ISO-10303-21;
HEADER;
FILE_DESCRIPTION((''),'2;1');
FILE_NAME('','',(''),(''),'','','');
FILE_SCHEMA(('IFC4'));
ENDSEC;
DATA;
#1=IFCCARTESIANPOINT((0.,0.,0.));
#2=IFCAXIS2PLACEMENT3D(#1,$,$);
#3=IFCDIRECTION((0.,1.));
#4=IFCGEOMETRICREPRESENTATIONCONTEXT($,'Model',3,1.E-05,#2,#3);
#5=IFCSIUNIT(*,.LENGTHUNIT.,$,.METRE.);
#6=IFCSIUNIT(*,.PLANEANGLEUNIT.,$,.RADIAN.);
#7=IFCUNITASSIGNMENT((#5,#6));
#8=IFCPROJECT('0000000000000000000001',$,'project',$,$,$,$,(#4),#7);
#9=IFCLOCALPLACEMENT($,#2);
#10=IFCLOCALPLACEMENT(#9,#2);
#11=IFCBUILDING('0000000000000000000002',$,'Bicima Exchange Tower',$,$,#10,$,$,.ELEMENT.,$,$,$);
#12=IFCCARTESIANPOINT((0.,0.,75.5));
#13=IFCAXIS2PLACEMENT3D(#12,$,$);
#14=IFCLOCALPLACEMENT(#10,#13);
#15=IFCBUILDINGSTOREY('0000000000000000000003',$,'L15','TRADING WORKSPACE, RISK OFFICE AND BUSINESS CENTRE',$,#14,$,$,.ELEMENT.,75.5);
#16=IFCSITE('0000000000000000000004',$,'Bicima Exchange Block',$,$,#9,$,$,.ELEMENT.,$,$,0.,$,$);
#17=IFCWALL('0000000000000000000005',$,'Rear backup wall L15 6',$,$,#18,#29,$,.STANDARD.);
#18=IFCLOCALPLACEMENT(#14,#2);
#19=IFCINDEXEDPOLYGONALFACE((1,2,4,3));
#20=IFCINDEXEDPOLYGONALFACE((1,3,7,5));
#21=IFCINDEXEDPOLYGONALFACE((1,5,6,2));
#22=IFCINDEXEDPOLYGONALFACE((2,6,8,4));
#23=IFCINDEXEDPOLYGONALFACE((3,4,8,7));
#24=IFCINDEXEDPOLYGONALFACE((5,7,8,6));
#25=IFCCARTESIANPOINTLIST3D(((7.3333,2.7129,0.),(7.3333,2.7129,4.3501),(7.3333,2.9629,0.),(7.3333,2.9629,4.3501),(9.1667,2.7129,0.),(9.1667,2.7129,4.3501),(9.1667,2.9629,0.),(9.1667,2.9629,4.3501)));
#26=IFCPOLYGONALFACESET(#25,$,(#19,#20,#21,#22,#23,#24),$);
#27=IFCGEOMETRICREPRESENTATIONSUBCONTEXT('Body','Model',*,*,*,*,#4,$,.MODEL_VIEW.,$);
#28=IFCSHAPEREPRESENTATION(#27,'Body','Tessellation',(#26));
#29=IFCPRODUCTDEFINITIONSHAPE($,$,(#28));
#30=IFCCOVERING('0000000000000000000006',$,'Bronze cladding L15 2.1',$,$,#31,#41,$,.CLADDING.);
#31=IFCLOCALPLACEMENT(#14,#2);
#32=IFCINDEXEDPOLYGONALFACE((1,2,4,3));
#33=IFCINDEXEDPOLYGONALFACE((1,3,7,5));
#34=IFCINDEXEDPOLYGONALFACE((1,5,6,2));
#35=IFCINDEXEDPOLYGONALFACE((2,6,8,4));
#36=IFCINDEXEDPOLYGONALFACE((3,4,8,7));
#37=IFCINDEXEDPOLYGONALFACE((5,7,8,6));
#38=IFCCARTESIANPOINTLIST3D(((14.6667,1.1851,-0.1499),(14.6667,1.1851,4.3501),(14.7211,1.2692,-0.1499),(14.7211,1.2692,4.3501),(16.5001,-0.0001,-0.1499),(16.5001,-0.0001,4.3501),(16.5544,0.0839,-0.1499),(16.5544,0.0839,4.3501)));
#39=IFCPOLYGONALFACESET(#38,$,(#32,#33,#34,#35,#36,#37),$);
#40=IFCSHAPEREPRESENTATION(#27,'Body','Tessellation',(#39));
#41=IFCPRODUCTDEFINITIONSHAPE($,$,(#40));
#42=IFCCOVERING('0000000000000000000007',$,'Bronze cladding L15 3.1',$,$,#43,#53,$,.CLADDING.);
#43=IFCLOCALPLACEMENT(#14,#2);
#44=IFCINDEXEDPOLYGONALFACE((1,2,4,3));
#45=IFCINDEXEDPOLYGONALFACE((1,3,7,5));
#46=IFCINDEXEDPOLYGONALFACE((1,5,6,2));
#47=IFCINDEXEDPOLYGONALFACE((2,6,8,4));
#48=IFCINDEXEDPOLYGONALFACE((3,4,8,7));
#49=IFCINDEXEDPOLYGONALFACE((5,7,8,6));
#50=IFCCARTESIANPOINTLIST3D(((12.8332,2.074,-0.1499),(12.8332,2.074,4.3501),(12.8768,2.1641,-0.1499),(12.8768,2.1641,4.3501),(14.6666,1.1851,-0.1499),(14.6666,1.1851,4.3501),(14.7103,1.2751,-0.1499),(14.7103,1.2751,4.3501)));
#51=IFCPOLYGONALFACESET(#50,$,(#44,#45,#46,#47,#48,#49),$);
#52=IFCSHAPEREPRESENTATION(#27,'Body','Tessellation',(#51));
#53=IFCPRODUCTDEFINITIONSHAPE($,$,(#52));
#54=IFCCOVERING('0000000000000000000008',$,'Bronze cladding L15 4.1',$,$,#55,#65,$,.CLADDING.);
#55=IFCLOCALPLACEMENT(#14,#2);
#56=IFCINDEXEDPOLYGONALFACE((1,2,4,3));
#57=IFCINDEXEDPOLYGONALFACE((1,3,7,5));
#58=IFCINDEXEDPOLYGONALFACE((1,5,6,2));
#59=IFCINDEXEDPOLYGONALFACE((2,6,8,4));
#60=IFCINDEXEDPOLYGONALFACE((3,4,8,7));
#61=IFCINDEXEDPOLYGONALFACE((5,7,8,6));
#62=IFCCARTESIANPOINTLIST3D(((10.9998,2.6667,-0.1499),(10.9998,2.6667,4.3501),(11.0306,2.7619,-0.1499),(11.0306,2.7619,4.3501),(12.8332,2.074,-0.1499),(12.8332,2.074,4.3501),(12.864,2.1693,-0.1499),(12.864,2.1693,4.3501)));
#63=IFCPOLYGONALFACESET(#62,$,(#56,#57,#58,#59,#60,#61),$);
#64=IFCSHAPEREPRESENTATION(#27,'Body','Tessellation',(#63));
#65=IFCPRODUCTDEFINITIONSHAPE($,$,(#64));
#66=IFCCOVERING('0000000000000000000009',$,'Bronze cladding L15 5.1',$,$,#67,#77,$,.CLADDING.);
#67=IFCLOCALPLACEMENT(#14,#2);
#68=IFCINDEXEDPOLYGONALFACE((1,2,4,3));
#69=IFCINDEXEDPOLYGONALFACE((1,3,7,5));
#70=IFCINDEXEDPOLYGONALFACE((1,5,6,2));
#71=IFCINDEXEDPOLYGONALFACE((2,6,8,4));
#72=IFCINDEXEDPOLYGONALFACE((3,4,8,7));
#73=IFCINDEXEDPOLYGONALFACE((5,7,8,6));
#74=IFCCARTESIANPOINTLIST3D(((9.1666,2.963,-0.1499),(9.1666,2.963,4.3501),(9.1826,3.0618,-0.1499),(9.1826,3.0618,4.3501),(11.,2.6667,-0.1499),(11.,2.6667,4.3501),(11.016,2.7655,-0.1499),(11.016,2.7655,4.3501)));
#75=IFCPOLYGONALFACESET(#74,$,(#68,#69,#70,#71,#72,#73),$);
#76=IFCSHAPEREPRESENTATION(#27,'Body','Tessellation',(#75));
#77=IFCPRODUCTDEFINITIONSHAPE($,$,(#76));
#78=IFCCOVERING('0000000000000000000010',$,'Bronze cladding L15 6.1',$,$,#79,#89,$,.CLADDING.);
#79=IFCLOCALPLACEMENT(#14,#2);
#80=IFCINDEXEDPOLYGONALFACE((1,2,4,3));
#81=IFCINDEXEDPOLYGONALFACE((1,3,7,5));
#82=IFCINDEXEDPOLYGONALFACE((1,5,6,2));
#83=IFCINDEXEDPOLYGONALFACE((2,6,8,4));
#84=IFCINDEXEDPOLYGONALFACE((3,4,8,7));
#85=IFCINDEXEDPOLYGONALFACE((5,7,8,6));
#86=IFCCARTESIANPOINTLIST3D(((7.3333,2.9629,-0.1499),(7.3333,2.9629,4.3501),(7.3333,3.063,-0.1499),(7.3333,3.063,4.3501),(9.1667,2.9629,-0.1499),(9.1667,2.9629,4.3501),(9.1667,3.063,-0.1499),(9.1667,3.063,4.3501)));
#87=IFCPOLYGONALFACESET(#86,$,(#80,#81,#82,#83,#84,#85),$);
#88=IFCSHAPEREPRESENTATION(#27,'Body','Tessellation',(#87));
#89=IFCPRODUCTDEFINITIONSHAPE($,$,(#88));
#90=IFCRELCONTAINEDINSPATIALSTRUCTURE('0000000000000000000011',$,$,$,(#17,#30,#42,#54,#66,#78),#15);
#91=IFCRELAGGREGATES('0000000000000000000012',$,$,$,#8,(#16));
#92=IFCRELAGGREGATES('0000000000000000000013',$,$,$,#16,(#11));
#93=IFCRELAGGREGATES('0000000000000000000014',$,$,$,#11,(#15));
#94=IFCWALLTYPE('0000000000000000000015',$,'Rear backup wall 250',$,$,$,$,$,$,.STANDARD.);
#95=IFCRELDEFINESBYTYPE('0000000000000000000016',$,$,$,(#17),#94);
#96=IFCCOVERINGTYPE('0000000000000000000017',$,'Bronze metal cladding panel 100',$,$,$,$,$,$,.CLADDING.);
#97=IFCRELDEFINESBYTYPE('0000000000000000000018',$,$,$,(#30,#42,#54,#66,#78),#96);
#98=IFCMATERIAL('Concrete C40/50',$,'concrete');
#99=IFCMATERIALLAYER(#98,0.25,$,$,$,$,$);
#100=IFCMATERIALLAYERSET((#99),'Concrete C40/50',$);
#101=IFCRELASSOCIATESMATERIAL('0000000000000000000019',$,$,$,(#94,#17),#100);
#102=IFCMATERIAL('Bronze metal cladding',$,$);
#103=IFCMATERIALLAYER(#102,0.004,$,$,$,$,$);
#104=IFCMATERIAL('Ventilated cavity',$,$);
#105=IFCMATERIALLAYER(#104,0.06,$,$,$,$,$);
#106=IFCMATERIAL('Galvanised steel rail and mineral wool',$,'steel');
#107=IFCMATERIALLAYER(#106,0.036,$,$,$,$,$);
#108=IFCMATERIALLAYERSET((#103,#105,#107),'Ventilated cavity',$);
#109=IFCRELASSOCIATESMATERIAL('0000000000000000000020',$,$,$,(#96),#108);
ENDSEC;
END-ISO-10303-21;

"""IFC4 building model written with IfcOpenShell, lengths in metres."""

from ifc_helpers import new_model, si_unit, direction, frame, frame_2d, origin, origin_2d, place, context, subcontext, project, spatial, rectangle, extrude, material, layer, layer_set, layer_usage, type_object, element, save


model = new_model("IFC4")

# Units and contexts
model_context = context("Model", 3, precision=1e-05, world=origin(), true_north=direction((0.0, 1.0)))
body_context = subcontext(model_context, "Body", "Model", "MODEL_VIEW")
ifc_project = project(units=[si_unit("LENGTHUNIT", "METRE"), si_unit("PLANEANGLEUNIT", "RADIAN")], contexts=[model_context])

# Site, building, storey
site_placement = place(None, origin())
site = spatial("IfcSite", under=ifc_project, at=site_placement, Name="Bicima Exchange Block", CompositionType="ELEMENT", RefElevation=0.0)
building_placement = place(site_placement, origin())
building = spatial("IfcBuilding", under=site, at=building_placement, Name="Bicima Exchange Tower", CompositionType="ELEMENT")
storey_placement = place(building_placement, frame((0.0, 0.0, 75.5)))
storey = spatial("IfcBuildingStorey", under=building, at=storey_placement, Name="L15", Description="TRADING WORKSPACE, RISK OFFICE AND BUSINESS CENTRE", CompositionType="ELEMENT", Elevation=75.5)

# Wall
ifc_material_1 = material(Name="Concrete C40/50", Category="concrete")
ifc_layer_1 = layer(ifc_material_1, 0.25)
ifc_layer_set_1 = layer_set([ifc_layer_1], Name="Concrete C40/50")
ifc_layer_usage = layer_usage(ifc_layer_set_1, "AXIS2", "POSITIVE", -0.125)
wall_type_1 = type_object("IfcWallType", Name="Rear backup wall 250", PredefinedType="STANDARD", material=ifc_layer_set_1)
wall_1_placement = place(storey_placement, frame((9.1667, 2.8379, 0.0), z_axis=(0.0, 0.0, 1.0), x_axis=(-1.0, 0.0, 0.0)))
element("IfcWall", 1, at=wall_1_placement, inside=storey, type_object=wall_type_1, material=ifc_layer_usage, Name="Rear backup wall L15 6", PredefinedType="STANDARD", context=body_context, shape_type="SweptSolid", body=[
    extrude(rectangle(XDim=1.8335, YDim=0.25, at=frame_2d((0.9167, 0.0))), origin(), (0.0, 0.0, 1.0), 4.3501),
])

# Coverings
ifc_material_2 = material(Name="Bronze metal cladding")
ifc_layer_2 = layer(ifc_material_2, 0.004)
ifc_material_3 = material(Name="Ventilated cavity")
ifc_layer_3 = layer(ifc_material_3, 0.06)
ifc_material_4 = material(Name="Galvanised steel rail and mineral wool", Category="steel")
ifc_layer_4 = layer(ifc_material_4, 0.036)
ifc_layer_set_2 = layer_set([ifc_layer_2, ifc_layer_3, ifc_layer_4], Name="Ventilated cavity")
covering_type = type_object("IfcCoveringType", Name="Bronze metal cladding panel 100", PredefinedType="CLADDING", material=ifc_layer_set_2)
covering_1_placement = place(storey_placement, frame((15.6106, 0.6345, -0.1499), z_axis=(0.0, 0.0, 1.0), x_axis=(-0.83979, 0.542911, 0.0)))
element("IfcCovering", 2, at=covering_1_placement, inside=storey, type_object=covering_type, Name="Bronze cladding L15 2.1", PredefinedType="CLADDING", context=body_context, shape_type="SweptSolid", body=[
    extrude(rectangle(XDim=2.1831, YDim=0.1001, at=origin_2d()), origin(), (0.0, 0.0, 1.0), 4.5),
])
covering_2_placement = place(storey_placement, frame((13.7717, 1.6746, -0.1499), z_axis=(0.0, 0.0, 1.0), x_axis=(-0.899818, 0.436265, 0.0)))
element("IfcCovering", 3, at=covering_2_placement, inside=storey, type_object=covering_type, Name="Bronze cladding L15 3.1", PredefinedType="CLADDING", context=body_context, shape_type="SweptSolid", body=[
    extrude(rectangle(XDim=2.0376, YDim=0.1001, at=origin_2d()), origin(), (0.0, 0.0, 1.0), 4.5),
])
covering_3_placement = place(storey_placement, frame((11.9319, 2.418, -0.1499), z_axis=(0.0, 0.0, 1.0), x_axis=(-0.951525, 0.307573, 0.0)))
element("IfcCovering", 4, at=covering_3_placement, inside=storey, type_object=covering_type, Name="Bronze cladding L15 4.1", PredefinedType="CLADDING", context=body_context, shape_type="SweptSolid", body=[
    extrude(rectangle(XDim=1.9268, YDim=0.1001, at=origin_2d()), origin(), (0.0, 0.0, 1.0), 4.5),
])
covering_4_placement = place(storey_placement, frame((10.0913, 2.8643, -0.1499), z_axis=(0.0, 0.0, 1.0), x_axis=(-0.98719, 0.15955, 0.0)))
element("IfcCovering", 5, at=covering_4_placement, inside=storey, type_object=covering_type, Name="Bronze cladding L15 5.1", PredefinedType="CLADDING", context=body_context, shape_type="SweptSolid", body=[
    extrude(rectangle(XDim=1.8572, YDim=0.1001, at=origin_2d()), origin(), (0.0, 0.0, 1.0), 4.5),
])
covering_5_placement = place(storey_placement, frame((8.25, 3.0129, -0.1499), z_axis=(0.0, 0.0, 1.0), x_axis=(-1.0, 0.0, 0.0)))
element("IfcCovering", 6, at=covering_5_placement, inside=storey, type_object=covering_type, Name="Bronze cladding L15 6.1", PredefinedType="CLADDING", context=body_context, shape_type="SweptSolid", body=[
    extrude(rectangle(XDim=1.8335, YDim=0.1001, at=origin_2d()), origin(), (0.0, 0.0, 1.0), 4.5),
])

save(model, "model.ifc")
